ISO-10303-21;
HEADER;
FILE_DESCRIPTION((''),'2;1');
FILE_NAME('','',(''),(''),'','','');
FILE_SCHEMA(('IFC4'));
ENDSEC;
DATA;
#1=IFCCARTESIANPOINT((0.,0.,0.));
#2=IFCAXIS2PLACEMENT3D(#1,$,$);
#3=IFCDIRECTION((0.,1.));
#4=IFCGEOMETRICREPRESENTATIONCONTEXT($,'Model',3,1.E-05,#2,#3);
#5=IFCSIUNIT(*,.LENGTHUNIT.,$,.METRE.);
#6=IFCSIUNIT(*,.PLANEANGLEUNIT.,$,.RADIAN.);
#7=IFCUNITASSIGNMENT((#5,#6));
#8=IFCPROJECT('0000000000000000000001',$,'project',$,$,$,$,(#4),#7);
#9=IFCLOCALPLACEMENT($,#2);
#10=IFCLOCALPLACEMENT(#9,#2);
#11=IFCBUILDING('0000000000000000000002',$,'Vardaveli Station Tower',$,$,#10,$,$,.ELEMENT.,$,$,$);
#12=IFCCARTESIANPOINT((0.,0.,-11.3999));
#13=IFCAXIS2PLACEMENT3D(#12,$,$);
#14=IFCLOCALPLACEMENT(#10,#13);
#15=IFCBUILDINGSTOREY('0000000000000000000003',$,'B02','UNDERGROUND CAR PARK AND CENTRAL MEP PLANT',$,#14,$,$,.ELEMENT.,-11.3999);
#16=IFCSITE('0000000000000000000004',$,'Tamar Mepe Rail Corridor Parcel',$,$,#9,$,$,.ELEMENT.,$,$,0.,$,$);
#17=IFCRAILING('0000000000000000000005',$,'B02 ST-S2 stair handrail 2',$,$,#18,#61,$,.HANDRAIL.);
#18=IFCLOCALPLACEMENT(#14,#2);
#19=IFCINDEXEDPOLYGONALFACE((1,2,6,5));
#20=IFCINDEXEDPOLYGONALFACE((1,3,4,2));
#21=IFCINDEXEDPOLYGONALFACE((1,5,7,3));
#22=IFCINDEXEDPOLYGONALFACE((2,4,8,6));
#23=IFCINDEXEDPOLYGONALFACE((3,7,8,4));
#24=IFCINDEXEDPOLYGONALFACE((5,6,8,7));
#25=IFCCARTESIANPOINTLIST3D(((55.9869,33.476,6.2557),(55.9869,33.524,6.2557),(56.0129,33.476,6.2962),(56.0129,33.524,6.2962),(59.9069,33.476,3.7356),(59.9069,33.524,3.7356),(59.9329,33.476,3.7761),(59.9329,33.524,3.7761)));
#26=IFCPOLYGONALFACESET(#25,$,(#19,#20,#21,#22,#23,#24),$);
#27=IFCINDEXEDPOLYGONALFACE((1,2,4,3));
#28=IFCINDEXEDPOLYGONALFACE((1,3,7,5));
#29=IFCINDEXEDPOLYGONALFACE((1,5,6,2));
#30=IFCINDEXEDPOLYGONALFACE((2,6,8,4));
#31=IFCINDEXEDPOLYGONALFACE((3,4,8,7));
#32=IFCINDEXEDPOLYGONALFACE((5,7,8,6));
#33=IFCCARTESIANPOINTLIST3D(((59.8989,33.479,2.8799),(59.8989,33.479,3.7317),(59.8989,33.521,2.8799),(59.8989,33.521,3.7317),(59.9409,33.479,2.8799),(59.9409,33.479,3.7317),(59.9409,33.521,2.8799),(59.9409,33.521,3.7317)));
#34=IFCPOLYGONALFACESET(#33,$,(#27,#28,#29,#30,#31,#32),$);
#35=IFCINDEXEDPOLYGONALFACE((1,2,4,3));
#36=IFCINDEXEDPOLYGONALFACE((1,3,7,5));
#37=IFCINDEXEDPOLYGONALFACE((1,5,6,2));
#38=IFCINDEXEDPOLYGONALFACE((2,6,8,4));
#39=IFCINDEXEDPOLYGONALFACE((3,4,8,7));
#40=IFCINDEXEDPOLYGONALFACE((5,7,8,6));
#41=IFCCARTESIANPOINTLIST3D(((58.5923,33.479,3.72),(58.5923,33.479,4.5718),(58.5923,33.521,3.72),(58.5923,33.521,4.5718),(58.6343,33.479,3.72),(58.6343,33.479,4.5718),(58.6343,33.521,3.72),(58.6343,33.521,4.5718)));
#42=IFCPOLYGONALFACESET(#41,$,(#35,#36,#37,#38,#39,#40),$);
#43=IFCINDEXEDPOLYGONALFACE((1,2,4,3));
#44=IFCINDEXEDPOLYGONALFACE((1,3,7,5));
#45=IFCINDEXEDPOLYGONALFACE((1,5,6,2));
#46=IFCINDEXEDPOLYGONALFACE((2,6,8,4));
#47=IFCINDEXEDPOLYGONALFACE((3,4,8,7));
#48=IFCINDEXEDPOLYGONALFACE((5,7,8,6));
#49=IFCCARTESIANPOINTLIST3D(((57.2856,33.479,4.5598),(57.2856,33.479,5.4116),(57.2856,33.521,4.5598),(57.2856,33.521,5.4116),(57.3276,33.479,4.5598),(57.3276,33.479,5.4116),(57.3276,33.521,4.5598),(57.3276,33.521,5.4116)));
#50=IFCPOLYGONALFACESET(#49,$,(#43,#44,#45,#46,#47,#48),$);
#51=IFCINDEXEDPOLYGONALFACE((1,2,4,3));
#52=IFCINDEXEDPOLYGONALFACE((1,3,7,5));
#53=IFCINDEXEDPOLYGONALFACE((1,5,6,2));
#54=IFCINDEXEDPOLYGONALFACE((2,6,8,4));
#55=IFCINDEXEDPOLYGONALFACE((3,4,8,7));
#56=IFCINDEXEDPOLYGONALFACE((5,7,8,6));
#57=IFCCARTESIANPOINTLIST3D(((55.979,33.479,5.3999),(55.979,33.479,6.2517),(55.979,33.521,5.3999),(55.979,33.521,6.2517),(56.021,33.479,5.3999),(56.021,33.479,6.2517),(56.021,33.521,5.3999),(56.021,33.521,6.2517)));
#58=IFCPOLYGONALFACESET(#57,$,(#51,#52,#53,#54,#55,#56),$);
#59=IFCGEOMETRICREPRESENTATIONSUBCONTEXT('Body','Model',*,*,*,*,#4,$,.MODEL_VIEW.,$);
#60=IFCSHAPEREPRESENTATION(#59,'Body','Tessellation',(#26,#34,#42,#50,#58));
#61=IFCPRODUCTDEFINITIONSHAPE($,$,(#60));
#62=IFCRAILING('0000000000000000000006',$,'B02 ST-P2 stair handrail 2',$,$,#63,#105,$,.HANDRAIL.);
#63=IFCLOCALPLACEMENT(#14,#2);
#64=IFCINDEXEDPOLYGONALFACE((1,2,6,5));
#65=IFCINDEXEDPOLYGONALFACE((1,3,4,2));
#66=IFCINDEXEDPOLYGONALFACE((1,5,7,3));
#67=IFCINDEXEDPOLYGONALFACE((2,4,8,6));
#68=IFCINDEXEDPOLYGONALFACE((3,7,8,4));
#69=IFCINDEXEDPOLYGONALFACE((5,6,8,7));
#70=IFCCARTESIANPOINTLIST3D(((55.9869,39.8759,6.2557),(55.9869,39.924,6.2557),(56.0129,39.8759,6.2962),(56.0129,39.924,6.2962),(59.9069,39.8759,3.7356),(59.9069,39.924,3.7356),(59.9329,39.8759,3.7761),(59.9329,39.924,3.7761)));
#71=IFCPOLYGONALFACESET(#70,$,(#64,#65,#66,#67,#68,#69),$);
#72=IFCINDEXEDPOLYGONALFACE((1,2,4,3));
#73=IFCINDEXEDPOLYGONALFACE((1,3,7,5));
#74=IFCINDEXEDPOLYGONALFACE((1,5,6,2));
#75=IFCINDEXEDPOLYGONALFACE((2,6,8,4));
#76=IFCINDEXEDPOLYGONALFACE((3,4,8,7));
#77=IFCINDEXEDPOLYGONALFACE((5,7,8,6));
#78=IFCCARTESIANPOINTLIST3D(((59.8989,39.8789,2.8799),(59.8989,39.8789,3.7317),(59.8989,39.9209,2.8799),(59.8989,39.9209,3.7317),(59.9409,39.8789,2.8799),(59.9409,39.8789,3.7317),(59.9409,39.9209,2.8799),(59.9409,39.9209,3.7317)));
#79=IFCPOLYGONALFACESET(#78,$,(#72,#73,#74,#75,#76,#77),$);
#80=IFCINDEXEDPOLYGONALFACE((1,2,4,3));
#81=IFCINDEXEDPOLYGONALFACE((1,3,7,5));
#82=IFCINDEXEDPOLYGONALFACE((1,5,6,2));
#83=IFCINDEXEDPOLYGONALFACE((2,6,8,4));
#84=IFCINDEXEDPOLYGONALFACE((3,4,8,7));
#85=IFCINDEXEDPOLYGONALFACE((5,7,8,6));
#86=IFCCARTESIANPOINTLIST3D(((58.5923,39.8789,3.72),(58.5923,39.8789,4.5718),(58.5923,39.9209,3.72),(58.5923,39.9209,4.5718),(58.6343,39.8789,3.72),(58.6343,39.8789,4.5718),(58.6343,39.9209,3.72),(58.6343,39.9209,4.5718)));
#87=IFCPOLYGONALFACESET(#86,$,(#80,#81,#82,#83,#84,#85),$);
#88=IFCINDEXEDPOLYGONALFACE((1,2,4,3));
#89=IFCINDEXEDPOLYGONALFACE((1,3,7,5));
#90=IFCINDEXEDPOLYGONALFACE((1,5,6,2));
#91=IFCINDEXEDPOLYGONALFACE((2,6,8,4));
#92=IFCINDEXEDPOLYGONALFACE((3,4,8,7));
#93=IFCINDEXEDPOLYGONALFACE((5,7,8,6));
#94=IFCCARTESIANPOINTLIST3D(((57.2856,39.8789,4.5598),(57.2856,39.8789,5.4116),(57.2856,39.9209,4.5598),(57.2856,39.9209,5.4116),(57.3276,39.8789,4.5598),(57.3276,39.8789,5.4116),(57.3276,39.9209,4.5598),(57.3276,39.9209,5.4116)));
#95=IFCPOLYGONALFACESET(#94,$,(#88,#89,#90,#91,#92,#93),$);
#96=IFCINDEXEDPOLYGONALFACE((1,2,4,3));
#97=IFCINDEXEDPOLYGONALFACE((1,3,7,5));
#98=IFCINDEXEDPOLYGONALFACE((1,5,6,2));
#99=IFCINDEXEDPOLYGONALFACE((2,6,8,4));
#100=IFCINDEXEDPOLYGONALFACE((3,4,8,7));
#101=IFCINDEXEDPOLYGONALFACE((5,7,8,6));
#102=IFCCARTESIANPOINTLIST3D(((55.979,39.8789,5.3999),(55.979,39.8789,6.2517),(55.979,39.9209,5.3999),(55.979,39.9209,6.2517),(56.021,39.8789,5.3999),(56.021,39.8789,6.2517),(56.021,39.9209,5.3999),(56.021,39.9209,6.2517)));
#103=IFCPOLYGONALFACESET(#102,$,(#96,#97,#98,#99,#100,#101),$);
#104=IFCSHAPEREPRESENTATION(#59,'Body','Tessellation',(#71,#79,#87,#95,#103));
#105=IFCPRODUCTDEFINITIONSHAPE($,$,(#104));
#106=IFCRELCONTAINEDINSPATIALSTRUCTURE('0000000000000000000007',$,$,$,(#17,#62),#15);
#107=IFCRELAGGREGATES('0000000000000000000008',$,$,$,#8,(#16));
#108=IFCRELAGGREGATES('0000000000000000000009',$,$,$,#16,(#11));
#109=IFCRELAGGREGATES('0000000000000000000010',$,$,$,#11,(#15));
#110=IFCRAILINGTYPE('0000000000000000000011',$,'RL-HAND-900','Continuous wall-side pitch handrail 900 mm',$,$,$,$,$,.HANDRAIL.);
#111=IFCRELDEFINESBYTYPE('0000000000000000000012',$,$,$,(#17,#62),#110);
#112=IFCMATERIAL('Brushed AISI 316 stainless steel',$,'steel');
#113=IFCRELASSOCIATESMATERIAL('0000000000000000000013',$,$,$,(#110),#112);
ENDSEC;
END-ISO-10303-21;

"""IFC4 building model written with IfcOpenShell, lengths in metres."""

from ifc_helpers import new_model, si_unit, direction, frame, origin, origin_2d, place, context, subcontext, project, spatial, rectangle, extrude, source, transform, mapped, material, type_object, element, save


model = new_model("IFC4")

# Units and contexts
model_context = context("Model", 3, precision=1e-05, world=origin(), true_north=direction((0.0, 1.0)))
body_context = subcontext(model_context, "Body", "Model", "MODEL_VIEW")
ifc_project = project(units=[si_unit("LENGTHUNIT", "METRE"), si_unit("PLANEANGLEUNIT", "RADIAN")], contexts=[model_context])

# Site, building, storey
site_placement = place(None, origin())
site = spatial("IfcSite", under=ifc_project, at=site_placement, Name="Tamar Mepe Rail Corridor Parcel", CompositionType="ELEMENT", RefElevation=0.0)
building_placement = place(site_placement, origin())
building = spatial("IfcBuilding", under=site, at=building_placement, Name="Vardaveli Station Tower", CompositionType="ELEMENT")
storey_placement = place(building_placement, frame((0.0, 0.0, -11.3999)))
storey = spatial("IfcBuildingStorey", under=building, at=storey_placement, Name="B02", Description="UNDERGROUND CAR PARK AND CENTRAL MEP PLANT", CompositionType="ELEMENT", Elevation=-11.3999)

# Railings
ifc_material_1 = material(Name="Brushed AISI 316 stainless steel", Category="steel")
railing_type_1 = type_object("IfcRailingType", Name="RL-HAND-900", Description="Continuous wall-side pitch handrail 900 mm", PredefinedType="HANDRAIL", material=ifc_material_1)
shared_shape_1 = source(origin(), body_context, "Body", "SweptSolid", [
    extrude(rectangle(XDim=0.0481, YDim=0.0481, at=origin_2d()), frame((0.0, 0.0, 0.876), z_axis=(-0.841172, 0.0, 0.540768), x_axis=(0.0, -1.0, 0.0)), (0.0, 0.0, 1.0), 4.6602),
    extrude(rectangle(XDim=0.042, YDim=0.042, at=origin_2d()), origin(), (0.0, 0.0, 1.0), 0.8518),
    extrude(rectangle(XDim=0.042, YDim=0.042, at=origin_2d()), frame((-1.3066, 0.0, 0.8401)), (0.0, 0.0, 1.0), 0.8518),
    extrude(rectangle(XDim=0.042, YDim=0.042, at=origin_2d()), frame((-2.6133, 0.0, 1.6799)), (0.0, 0.0, 1.0), 0.8518),
    extrude(rectangle(XDim=0.042, YDim=0.042, at=origin_2d()), frame((-3.9199, 0.0, 2.52)), (0.0, 0.0, 1.0), 0.8518),
])
for number, where, name in (
    (1, (59.9199, 33.5, 2.8799), "B02 ST-S2 stair handrail 2"),
    (2, (59.9199, 39.8999, 2.8799), "B02 ST-P2 stair handrail 2"),
):
    element("IfcRailing", number, at=place(storey_placement, frame(where)), inside=storey, type_object=railing_type_1, Name=name, PredefinedType="HANDRAIL", context=body_context, shape_type="MappedRepresentation", body=[
        mapped(shared_shape_1, transform((0.0, 0.0, 0.0), scale=1.0)),
    ])

save(model, "model.ifc")
